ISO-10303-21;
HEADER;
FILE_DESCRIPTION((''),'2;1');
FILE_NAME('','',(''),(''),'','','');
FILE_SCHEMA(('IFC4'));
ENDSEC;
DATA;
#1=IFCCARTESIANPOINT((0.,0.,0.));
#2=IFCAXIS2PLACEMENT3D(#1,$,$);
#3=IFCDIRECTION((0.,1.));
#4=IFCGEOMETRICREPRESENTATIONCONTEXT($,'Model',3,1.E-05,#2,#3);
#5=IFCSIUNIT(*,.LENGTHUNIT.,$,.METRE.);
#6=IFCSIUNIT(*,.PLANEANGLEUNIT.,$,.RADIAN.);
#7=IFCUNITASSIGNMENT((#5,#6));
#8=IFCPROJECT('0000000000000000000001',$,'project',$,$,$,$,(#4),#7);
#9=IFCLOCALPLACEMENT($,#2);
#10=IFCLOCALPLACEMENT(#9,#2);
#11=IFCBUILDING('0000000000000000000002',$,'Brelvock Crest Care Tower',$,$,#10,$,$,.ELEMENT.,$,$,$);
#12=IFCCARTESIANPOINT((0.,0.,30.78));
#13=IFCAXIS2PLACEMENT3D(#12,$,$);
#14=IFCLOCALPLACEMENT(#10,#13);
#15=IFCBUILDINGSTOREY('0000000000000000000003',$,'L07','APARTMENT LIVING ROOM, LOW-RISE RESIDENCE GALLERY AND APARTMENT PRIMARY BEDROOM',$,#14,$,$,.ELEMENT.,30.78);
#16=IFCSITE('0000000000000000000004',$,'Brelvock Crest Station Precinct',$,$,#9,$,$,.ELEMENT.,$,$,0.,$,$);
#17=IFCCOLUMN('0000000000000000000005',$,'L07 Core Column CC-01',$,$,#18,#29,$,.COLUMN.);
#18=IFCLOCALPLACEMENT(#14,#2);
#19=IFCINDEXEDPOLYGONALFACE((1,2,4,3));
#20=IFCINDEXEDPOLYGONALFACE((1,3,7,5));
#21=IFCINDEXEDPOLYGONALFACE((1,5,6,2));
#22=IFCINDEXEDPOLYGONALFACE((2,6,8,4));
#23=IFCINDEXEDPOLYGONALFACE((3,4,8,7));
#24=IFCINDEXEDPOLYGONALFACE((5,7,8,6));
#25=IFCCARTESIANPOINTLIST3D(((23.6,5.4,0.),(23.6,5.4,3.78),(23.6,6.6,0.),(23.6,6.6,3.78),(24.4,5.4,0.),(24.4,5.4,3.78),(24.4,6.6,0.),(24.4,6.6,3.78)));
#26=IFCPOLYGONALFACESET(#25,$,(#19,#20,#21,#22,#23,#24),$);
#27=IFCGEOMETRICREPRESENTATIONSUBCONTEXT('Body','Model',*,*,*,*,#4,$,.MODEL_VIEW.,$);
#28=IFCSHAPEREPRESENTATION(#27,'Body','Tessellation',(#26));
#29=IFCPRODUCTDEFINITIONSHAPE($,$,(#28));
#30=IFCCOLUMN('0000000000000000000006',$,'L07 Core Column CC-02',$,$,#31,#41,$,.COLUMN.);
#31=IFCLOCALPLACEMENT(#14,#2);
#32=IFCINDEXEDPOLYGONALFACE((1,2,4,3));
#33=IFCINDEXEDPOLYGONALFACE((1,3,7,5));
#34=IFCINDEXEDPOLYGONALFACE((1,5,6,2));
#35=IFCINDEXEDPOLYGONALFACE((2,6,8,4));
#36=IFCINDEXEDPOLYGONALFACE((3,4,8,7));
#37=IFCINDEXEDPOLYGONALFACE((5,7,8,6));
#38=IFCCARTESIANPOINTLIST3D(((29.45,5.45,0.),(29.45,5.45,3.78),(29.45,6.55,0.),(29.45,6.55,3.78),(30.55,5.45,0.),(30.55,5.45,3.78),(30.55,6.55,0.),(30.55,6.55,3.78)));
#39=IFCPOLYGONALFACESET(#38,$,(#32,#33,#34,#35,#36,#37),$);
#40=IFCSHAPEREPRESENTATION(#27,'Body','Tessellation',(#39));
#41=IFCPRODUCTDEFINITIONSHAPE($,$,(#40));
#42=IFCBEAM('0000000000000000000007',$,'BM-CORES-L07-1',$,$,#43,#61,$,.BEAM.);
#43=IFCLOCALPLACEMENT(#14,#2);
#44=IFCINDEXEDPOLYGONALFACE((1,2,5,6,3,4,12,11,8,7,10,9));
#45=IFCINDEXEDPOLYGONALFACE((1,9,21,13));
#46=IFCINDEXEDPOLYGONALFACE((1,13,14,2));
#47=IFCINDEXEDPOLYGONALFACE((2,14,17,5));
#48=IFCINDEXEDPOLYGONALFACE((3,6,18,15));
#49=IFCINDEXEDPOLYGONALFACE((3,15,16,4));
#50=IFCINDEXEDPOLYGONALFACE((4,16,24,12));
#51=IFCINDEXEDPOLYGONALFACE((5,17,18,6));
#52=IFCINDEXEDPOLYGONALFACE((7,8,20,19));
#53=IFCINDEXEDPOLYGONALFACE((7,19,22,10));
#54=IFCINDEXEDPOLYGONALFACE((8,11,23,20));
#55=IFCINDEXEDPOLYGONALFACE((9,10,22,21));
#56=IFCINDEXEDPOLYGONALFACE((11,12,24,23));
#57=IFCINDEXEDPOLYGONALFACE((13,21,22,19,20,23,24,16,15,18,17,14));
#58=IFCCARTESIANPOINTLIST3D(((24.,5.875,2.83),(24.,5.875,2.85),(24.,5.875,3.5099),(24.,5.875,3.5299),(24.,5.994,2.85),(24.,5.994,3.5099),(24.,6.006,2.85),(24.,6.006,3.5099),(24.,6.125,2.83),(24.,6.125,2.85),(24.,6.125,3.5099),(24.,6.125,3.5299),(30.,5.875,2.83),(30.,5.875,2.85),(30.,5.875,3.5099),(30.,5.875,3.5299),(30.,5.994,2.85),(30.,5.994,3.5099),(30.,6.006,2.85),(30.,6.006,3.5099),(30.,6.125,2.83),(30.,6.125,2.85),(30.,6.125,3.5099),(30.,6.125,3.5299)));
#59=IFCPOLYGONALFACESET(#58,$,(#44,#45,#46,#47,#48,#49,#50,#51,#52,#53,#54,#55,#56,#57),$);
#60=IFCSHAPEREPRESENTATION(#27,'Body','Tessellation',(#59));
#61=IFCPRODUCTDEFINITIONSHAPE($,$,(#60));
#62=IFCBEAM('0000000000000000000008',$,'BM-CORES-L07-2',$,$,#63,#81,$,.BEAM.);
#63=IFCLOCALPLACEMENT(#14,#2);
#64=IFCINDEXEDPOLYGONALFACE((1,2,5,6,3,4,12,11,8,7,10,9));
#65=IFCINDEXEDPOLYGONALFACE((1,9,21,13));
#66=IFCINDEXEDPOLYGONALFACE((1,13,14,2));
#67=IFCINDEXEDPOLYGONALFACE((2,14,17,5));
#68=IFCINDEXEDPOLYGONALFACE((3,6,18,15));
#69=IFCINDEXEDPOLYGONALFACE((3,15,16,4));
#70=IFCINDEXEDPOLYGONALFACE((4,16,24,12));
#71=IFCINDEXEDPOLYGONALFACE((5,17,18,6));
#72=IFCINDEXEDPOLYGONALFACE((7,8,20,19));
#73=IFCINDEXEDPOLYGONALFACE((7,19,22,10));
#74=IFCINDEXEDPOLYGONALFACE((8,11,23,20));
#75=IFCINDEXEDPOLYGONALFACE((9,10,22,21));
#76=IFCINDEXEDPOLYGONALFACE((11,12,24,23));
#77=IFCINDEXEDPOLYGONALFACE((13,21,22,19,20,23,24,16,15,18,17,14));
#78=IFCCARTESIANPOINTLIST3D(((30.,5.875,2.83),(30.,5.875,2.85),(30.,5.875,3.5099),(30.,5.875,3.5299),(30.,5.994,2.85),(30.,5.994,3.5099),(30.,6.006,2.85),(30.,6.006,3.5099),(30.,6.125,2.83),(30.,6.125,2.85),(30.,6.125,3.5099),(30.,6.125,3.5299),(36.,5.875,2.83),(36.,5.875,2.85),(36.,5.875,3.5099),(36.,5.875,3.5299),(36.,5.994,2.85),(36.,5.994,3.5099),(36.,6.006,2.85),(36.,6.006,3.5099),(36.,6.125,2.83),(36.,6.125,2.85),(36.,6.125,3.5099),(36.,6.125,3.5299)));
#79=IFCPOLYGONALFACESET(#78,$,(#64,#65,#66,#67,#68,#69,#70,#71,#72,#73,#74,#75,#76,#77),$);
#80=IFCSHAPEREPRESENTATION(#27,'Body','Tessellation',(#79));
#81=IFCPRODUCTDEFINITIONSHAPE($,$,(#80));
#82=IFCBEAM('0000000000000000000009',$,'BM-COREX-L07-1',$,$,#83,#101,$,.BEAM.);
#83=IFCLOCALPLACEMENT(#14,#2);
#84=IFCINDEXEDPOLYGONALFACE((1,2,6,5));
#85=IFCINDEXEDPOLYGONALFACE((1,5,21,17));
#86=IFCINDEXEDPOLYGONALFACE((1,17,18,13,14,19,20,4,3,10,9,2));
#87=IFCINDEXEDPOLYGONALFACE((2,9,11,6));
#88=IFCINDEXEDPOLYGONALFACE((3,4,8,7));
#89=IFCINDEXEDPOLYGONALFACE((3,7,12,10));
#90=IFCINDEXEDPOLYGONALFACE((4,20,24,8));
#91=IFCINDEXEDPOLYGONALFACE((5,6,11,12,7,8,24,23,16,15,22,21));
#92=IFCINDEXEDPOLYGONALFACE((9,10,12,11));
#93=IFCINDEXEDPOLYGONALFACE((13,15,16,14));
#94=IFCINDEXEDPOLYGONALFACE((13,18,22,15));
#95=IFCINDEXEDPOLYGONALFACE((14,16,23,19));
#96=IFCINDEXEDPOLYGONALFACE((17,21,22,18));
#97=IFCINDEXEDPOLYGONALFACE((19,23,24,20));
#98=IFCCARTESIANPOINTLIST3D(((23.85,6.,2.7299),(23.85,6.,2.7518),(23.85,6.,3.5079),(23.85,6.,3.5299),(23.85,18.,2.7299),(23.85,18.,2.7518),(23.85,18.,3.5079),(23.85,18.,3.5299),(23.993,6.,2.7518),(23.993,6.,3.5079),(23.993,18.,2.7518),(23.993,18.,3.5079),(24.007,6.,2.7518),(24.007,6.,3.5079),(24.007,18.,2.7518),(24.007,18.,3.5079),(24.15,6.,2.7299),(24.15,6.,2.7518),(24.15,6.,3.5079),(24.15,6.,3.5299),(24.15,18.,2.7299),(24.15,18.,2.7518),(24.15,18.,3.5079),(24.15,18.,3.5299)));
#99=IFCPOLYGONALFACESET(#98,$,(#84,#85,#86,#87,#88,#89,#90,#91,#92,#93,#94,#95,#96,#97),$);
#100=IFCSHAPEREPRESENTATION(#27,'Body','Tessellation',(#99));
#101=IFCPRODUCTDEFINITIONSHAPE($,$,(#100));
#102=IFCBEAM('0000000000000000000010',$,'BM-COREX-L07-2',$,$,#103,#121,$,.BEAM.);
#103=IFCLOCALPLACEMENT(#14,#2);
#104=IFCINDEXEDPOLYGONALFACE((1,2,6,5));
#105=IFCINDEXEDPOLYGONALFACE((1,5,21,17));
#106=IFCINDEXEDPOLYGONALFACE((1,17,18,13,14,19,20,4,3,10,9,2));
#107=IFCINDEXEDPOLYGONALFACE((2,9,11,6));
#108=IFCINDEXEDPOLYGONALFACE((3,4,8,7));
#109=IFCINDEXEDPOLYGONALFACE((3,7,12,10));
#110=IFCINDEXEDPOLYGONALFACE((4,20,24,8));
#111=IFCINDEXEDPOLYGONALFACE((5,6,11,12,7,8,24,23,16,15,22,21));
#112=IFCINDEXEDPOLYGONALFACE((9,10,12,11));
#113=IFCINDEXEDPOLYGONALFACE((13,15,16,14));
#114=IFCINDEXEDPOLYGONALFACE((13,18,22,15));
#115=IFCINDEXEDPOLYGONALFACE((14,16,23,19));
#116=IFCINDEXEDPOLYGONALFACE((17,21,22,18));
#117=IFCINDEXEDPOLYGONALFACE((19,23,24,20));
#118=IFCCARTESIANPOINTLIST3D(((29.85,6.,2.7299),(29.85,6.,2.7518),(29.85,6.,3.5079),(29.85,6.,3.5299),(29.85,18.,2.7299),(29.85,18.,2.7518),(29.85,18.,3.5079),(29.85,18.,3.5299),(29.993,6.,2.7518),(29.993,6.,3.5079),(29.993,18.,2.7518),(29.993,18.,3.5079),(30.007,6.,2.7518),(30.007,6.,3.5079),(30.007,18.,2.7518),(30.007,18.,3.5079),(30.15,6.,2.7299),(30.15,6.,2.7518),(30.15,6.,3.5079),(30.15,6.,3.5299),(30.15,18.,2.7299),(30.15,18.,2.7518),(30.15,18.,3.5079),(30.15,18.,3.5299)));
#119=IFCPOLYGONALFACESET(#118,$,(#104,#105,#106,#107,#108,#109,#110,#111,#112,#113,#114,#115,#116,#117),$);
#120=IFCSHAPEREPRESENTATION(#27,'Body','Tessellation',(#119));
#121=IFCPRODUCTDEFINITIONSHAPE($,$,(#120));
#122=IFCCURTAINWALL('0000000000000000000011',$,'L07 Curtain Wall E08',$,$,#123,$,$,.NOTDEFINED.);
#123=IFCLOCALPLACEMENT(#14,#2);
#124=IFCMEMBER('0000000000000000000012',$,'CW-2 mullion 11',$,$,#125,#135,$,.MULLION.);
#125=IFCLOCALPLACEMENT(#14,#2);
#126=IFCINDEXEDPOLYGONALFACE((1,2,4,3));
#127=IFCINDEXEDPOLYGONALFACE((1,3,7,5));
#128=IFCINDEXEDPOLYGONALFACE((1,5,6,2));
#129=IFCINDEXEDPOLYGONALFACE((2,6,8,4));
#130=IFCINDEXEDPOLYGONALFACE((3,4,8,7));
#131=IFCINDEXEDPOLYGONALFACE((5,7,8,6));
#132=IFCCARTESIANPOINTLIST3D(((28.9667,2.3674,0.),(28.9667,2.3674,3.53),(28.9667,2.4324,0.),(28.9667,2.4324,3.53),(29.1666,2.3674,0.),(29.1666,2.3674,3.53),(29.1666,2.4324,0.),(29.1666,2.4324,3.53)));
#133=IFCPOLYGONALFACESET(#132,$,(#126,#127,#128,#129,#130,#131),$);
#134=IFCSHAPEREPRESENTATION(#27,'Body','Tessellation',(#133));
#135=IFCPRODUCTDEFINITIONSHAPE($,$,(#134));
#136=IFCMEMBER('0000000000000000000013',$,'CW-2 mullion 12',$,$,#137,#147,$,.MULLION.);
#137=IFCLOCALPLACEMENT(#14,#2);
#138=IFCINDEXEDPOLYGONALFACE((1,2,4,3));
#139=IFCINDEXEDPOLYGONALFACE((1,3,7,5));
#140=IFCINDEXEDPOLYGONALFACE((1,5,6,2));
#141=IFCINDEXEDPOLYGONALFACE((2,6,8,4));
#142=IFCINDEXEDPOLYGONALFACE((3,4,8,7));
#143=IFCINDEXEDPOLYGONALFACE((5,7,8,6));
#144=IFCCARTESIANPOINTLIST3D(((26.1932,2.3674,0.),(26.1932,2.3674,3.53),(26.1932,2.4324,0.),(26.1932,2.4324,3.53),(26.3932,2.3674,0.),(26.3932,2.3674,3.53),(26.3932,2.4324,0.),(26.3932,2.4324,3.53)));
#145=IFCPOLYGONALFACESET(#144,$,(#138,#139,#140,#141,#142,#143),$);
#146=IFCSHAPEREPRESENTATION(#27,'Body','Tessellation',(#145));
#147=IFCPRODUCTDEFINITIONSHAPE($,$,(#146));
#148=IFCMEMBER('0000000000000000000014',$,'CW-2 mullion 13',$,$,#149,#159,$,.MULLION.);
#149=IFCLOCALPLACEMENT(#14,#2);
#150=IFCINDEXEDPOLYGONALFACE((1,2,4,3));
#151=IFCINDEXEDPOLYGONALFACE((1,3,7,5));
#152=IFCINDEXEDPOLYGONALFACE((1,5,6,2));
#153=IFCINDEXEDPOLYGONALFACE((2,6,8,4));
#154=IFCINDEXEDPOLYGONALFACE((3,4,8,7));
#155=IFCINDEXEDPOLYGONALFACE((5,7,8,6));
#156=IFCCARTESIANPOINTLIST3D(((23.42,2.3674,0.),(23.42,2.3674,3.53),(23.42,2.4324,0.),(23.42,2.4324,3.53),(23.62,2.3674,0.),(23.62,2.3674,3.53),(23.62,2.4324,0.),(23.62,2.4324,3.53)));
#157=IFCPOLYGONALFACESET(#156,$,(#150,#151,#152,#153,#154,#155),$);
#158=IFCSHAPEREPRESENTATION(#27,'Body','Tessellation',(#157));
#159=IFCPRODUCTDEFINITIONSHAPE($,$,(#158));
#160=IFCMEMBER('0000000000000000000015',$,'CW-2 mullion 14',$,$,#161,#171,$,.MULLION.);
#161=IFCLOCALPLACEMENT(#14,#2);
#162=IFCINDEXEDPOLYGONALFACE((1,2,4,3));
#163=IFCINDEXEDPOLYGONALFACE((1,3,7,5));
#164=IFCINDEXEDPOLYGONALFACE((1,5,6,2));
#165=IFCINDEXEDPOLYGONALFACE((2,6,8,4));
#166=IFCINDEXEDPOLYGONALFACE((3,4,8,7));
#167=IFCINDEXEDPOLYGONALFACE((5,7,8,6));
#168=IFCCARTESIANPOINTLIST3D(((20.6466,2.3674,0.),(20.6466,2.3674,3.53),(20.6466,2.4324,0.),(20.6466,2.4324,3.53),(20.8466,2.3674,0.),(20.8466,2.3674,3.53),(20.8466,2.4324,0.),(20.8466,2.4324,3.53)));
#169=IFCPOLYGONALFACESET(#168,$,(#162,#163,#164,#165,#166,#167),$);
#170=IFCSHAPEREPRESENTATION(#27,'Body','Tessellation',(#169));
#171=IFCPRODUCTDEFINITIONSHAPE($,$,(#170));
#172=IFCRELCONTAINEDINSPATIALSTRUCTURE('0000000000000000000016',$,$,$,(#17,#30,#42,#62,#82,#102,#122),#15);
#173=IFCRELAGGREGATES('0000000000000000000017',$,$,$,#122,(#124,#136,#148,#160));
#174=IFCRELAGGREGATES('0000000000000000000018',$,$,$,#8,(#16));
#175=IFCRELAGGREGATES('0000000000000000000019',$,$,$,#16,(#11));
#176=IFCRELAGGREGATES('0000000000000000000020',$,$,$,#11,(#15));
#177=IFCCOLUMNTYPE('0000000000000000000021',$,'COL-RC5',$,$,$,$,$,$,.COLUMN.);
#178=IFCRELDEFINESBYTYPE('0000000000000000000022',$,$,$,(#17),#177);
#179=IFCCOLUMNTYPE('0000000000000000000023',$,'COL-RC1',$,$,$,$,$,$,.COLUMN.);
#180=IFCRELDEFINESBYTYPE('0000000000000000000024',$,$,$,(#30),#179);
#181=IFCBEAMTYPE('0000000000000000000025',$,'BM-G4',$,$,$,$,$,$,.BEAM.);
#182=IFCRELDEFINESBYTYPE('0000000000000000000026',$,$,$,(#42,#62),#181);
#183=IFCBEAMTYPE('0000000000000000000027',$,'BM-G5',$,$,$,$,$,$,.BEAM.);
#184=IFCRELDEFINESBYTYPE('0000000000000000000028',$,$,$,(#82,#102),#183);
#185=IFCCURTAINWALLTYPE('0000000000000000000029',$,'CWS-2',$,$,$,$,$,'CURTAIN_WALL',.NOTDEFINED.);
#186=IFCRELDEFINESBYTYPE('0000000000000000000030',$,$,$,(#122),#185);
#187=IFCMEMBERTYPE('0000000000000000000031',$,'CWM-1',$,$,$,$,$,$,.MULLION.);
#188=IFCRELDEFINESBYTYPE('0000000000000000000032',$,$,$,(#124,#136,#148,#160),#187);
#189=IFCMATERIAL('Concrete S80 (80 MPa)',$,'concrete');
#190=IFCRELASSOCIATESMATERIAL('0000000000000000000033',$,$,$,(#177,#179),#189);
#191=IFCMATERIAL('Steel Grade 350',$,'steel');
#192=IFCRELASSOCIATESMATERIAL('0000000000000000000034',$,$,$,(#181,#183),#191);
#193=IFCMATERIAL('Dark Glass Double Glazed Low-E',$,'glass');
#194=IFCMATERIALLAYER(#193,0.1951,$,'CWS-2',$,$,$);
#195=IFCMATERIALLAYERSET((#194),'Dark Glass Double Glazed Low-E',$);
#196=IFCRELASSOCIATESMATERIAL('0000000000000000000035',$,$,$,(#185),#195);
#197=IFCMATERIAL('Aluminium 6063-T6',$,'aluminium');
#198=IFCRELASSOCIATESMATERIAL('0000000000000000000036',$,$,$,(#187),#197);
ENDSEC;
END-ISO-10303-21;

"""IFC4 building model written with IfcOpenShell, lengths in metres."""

from ifc_helpers import new_model, si_unit, direction, frame, origin, origin_2d, place, context, subcontext, project, spatial, rectangle, i_section, extrude, source, transform, mapped, material, layer, layer_set, material_profile, profile_set, type_object, element, aggregate, save


model = new_model("IFC4")

# Units and contexts
model_context = context("Model", 3, precision=1e-05, world=origin(), true_north=direction((0.0, 1.0)))
body_context = subcontext(model_context, "Body", "Model", "MODEL_VIEW")
ifc_project = project(units=[si_unit("LENGTHUNIT", "METRE"), si_unit("PLANEANGLEUNIT", "RADIAN")], contexts=[model_context])

# Site, building, storey
site_placement = place(None, origin())
site = spatial("IfcSite", under=ifc_project, at=site_placement, Name="Brelvock Crest Station Precinct", CompositionType="ELEMENT", RefElevation=0.0)
building_placement = place(site_placement, origin())
building = spatial("IfcBuilding", under=site, at=building_placement, Name="Brelvock Crest Care Tower", CompositionType="ELEMENT")
storey_placement = place(building_placement, frame((0.0, 0.0, 30.78)))
storey = spatial("IfcBuildingStorey", under=building, at=storey_placement, Name="L07", Description="APARTMENT LIVING ROOM, LOW-RISE RESIDENCE GALLERY AND APARTMENT PRIMARY BEDROOM", CompositionType="ELEMENT", Elevation=30.78)

# Columns
ifc_material_1 = material(Name="Concrete S80 (80 MPa)", Category="concrete")
ifc_material_profile_1 = material_profile(ifc_material_1, rectangle(XDim=0.8, YDim=1.2, at=origin_2d()), Name="RC800x1200")
ifc_profile_set_1 = profile_set([ifc_material_profile_1], Name="Concrete S80 (80 MPa)")
column_type_1 = type_object("IfcColumnType", Name="COL-RC5", PredefinedType="COLUMN", material=ifc_profile_set_1)
shared_shape_1 = source(origin(), body_context, "Body", "SweptSolid", [
    extrude(rectangle(XDim=0.8, YDim=1.2, at=origin_2d()), origin(), (0.0, 0.0, 1.0), 3.78),
])
column_1_placement = place(storey_placement, frame((24.0, 6.0, 0.0), z_axis=(0.0, 0.0, 1.0), x_axis=(1.0, 0.0, 0.0)))
element("IfcColumn", 1, at=column_1_placement, inside=storey, type_object=column_type_1, Name="L07 Core Column CC-01", PredefinedType="COLUMN", context=body_context, shape_type="MappedRepresentation", body=[
    mapped(shared_shape_1, transform((0.0, 0.0, 0.0), x_axis=(1.0, 0.0, 0.0), y_axis=(0.0, 1.0, 0.0), z_axis=(0.0, 0.0, 1.0), scale=1.0)),
])
ifc_material_profile_2 = material_profile(ifc_material_1, rectangle(XDim=1.1001, YDim=1.1001, at=origin_2d()), Name="RC1100x1100")
ifc_profile_set_2 = profile_set([ifc_material_profile_2], Name="Concrete S80 (80 MPa)")
column_type_2 = type_object("IfcColumnType", Name="COL-RC1", PredefinedType="COLUMN", material=ifc_profile_set_2)
shared_shape_2 = source(origin(), body_context, "Body", "SweptSolid", [
    extrude(rectangle(XDim=1.1001, YDim=1.1001, at=origin_2d()), origin(), (0.0, 0.0, 1.0), 3.78),
])
column_2_placement = place(storey_placement, frame((30.0, 6.0, 0.0), z_axis=(0.0, 0.0, 1.0), x_axis=(1.0, 0.0, 0.0)))
element("IfcColumn", 2, at=column_2_placement, inside=storey, type_object=column_type_2, Name="L07 Core Column CC-02", PredefinedType="COLUMN", context=body_context, shape_type="MappedRepresentation", body=[
    mapped(shared_shape_2, transform((0.0, 0.0, 0.0), x_axis=(1.0, 0.0, 0.0), y_axis=(0.0, 1.0, 0.0), z_axis=(0.0, 0.0, 1.0), scale=1.0)),
])

# Beams
ifc_material_2 = material(Name="Steel Grade 350", Category="steel")
ifc_material_profile_3 = material_profile(ifc_material_2, i_section(OverallWidth=0.25, OverallDepth=0.7, WebThickness=0.012, FlangeThickness=0.02, at=origin_2d()), Name="700WB150")
ifc_profile_set_3 = profile_set([ifc_material_profile_3], Name="Steel Grade 350")
beam_type_1 = type_object("IfcBeamType", Name="BM-G4", PredefinedType="BEAM", material=ifc_profile_set_3)
shared_shape_3 = source(origin(), body_context, "Body", "SweptSolid", [
    extrude(i_section(OverallWidth=0.25, OverallDepth=0.7, WebThickness=0.012, FlangeThickness=0.02, at=origin_2d()), origin(), (0.0, 0.0, 1.0), 6.0),
])
for number, where, z_axis, x_axis, name in (
    (3, (24.0, 6.0, 3.1799), (1.0, 0.0, 0.0), (0.0, 1.0, 0.0), "BM-CORES-L07-1"),
    (4, (30.0, 6.0, 3.1799), (1.0, 0.0, 0.0), (0.0, 1.0, 0.0), "BM-CORES-L07-2"),
):
    element("IfcBeam", number, at=place(storey_placement, frame(where, z_axis=z_axis, x_axis=x_axis)), inside=storey, type_object=beam_type_1, Name=name, PredefinedType="BEAM", context=body_context, shape_type="MappedRepresentation", body=[
        mapped(shared_shape_3, transform((0.0, 0.0, 0.0), x_axis=(1.0, 0.0, 0.0), y_axis=(0.0, 1.0, 0.0), z_axis=(0.0, 0.0, 1.0), scale=1.0)),
    ])
ifc_material_profile_4 = material_profile(ifc_material_2, i_section(OverallWidth=0.3, OverallDepth=0.8, WebThickness=0.0139, FlangeThickness=0.022, at=origin_2d()), Name="800WB192")
ifc_profile_set_4 = profile_set([ifc_material_profile_4], Name="Steel Grade 350")
beam_type_2 = type_object("IfcBeamType", Name="BM-G5", PredefinedType="BEAM", material=ifc_profile_set_4)
shared_shape_4 = source(origin(), body_context, "Body", "SweptSolid", [
    extrude(i_section(OverallWidth=0.3, OverallDepth=0.8, WebThickness=0.0139, FlangeThickness=0.022, at=origin_2d()), origin(), (0.0, 0.0, 1.0), 12.0),
])
for number, where, z_axis, x_axis, name in (
    (5, (24.0, 6.0, 3.1299), (0.0, 1.0, 0.0), (-1.0, 0.0, 0.0), "BM-COREX-L07-1"),
    (6, (30.0, 6.0, 3.1299), (0.0, 1.0, 0.0), (-1.0, 0.0, 0.0), "BM-COREX-L07-2"),
):
    element("IfcBeam", number, at=place(storey_placement, frame(where, z_axis=z_axis, x_axis=x_axis)), inside=storey, type_object=beam_type_2, Name=name, PredefinedType="BEAM", context=body_context, shape_type="MappedRepresentation", body=[
        mapped(shared_shape_4, transform((0.0, 0.0, 0.0), x_axis=(1.0, 0.0, 0.0), y_axis=(0.0, 1.0, 0.0), z_axis=(0.0, 0.0, 1.0), scale=1.0)),
    ])

# Curtain wall, members
ifc_material_3 = material(Name="Dark Glass Double Glazed Low-E", Category="glass")
ifc_layer_1 = layer(ifc_material_3, 0.1951, Name="CWS-2")
ifc_layer_set_1 = layer_set([ifc_layer_1], Name="Dark Glass Double Glazed Low-E")
curtain_wall_type = type_object("IfcCurtainWallType", Name="CWS-2", ElementType="CURTAIN_WALL", PredefinedType="NOTDEFINED", material=ifc_layer_set_1)
curtain_wall_placement = place(storey_placement, origin())
curtain_wall = element("IfcCurtainWall", 7, at=curtain_wall_placement, inside=storey, type_object=curtain_wall_type, Name="L07 Curtain Wall E08", PredefinedType="NOTDEFINED")
ifc_material_4 = material(Name="Aluminium 6063-T6", Category="aluminium")
ifc_material_profile_5 = material_profile(ifc_material_4, rectangle(XDim=0.0649, YDim=0.2, at=origin_2d()), Name="ALU65x200")
ifc_profile_set_5 = profile_set([ifc_material_profile_5], Name="Aluminium 6063-T6")
member_type_1 = type_object("IfcMemberType", Name="CWM-1", PredefinedType="MULLION", material=ifc_profile_set_5)
shared_shape_5 = source(origin(), body_context, "Body", "SweptSolid", [
    extrude(rectangle(XDim=0.0649, YDim=0.2, at=origin_2d()), origin(), (0.0, 0.0, 1.0), 3.53),
])
member_1_placement = place(storey_placement, frame((29.0667, 2.3999, 0.0), z_axis=(0.0, 0.0, 1.0), x_axis=(0.0, -1.0, 0.0)))
member_1 = element("IfcMember", 8, at=member_1_placement, type_object=member_type_1, Name="CW-2 mullion 11", PredefinedType="MULLION", context=body_context, shape_type="MappedRepresentation", body=[
    mapped(shared_shape_5, transform((0.0, 0.0, 0.0), x_axis=(1.0, 0.0, 0.0), y_axis=(0.0, 1.0, 0.0), z_axis=(0.0, 0.0, 1.0), scale=1.0)),
])
member_2_placement = place(storey_placement, frame((26.2932, 2.3999, 0.0), z_axis=(0.0, 0.0, 1.0), x_axis=(0.0, -1.0, 0.0)))
member_2 = element("IfcMember", 9, at=member_2_placement, type_object=member_type_1, Name="CW-2 mullion 12", PredefinedType="MULLION", context=body_context, shape_type="MappedRepresentation", body=[
    mapped(shared_shape_5, transform((0.0, 0.0, 0.0), x_axis=(1.0, 0.0, 0.0), y_axis=(0.0, 1.0, 0.0), z_axis=(0.0, 0.0, 1.0), scale=1.0)),
])
member_3_placement = place(storey_placement, frame((23.52, 2.3999, 0.0), z_axis=(0.0, 0.0, 1.0), x_axis=(0.0, -1.0, 0.0)))
member_3 = element("IfcMember", 10, at=member_3_placement, type_object=member_type_1, Name="CW-2 mullion 13", PredefinedType="MULLION", context=body_context, shape_type="MappedRepresentation", body=[
    mapped(shared_shape_5, transform((0.0, 0.0, 0.0), x_axis=(1.0, 0.0, 0.0), y_axis=(0.0, 1.0, 0.0), z_axis=(0.0, 0.0, 1.0), scale=1.0)),
])
member_4_placement = place(storey_placement, frame((20.7466, 2.3999, 0.0), z_axis=(0.0, 0.0, 1.0), x_axis=(0.0, -1.0, 0.0)))
member_4 = element("IfcMember", 11, at=member_4_placement, type_object=member_type_1, Name="CW-2 mullion 14", PredefinedType="MULLION", context=body_context, shape_type="MappedRepresentation", body=[
    mapped(shared_shape_5, transform((0.0, 0.0, 0.0), x_axis=(1.0, 0.0, 0.0), y_axis=(0.0, 1.0, 0.0), z_axis=(0.0, 0.0, 1.0), scale=1.0)),
])
aggregate(curtain_wall, [member_1, member_2, member_3, member_4])

save(model, "model.ifc")
